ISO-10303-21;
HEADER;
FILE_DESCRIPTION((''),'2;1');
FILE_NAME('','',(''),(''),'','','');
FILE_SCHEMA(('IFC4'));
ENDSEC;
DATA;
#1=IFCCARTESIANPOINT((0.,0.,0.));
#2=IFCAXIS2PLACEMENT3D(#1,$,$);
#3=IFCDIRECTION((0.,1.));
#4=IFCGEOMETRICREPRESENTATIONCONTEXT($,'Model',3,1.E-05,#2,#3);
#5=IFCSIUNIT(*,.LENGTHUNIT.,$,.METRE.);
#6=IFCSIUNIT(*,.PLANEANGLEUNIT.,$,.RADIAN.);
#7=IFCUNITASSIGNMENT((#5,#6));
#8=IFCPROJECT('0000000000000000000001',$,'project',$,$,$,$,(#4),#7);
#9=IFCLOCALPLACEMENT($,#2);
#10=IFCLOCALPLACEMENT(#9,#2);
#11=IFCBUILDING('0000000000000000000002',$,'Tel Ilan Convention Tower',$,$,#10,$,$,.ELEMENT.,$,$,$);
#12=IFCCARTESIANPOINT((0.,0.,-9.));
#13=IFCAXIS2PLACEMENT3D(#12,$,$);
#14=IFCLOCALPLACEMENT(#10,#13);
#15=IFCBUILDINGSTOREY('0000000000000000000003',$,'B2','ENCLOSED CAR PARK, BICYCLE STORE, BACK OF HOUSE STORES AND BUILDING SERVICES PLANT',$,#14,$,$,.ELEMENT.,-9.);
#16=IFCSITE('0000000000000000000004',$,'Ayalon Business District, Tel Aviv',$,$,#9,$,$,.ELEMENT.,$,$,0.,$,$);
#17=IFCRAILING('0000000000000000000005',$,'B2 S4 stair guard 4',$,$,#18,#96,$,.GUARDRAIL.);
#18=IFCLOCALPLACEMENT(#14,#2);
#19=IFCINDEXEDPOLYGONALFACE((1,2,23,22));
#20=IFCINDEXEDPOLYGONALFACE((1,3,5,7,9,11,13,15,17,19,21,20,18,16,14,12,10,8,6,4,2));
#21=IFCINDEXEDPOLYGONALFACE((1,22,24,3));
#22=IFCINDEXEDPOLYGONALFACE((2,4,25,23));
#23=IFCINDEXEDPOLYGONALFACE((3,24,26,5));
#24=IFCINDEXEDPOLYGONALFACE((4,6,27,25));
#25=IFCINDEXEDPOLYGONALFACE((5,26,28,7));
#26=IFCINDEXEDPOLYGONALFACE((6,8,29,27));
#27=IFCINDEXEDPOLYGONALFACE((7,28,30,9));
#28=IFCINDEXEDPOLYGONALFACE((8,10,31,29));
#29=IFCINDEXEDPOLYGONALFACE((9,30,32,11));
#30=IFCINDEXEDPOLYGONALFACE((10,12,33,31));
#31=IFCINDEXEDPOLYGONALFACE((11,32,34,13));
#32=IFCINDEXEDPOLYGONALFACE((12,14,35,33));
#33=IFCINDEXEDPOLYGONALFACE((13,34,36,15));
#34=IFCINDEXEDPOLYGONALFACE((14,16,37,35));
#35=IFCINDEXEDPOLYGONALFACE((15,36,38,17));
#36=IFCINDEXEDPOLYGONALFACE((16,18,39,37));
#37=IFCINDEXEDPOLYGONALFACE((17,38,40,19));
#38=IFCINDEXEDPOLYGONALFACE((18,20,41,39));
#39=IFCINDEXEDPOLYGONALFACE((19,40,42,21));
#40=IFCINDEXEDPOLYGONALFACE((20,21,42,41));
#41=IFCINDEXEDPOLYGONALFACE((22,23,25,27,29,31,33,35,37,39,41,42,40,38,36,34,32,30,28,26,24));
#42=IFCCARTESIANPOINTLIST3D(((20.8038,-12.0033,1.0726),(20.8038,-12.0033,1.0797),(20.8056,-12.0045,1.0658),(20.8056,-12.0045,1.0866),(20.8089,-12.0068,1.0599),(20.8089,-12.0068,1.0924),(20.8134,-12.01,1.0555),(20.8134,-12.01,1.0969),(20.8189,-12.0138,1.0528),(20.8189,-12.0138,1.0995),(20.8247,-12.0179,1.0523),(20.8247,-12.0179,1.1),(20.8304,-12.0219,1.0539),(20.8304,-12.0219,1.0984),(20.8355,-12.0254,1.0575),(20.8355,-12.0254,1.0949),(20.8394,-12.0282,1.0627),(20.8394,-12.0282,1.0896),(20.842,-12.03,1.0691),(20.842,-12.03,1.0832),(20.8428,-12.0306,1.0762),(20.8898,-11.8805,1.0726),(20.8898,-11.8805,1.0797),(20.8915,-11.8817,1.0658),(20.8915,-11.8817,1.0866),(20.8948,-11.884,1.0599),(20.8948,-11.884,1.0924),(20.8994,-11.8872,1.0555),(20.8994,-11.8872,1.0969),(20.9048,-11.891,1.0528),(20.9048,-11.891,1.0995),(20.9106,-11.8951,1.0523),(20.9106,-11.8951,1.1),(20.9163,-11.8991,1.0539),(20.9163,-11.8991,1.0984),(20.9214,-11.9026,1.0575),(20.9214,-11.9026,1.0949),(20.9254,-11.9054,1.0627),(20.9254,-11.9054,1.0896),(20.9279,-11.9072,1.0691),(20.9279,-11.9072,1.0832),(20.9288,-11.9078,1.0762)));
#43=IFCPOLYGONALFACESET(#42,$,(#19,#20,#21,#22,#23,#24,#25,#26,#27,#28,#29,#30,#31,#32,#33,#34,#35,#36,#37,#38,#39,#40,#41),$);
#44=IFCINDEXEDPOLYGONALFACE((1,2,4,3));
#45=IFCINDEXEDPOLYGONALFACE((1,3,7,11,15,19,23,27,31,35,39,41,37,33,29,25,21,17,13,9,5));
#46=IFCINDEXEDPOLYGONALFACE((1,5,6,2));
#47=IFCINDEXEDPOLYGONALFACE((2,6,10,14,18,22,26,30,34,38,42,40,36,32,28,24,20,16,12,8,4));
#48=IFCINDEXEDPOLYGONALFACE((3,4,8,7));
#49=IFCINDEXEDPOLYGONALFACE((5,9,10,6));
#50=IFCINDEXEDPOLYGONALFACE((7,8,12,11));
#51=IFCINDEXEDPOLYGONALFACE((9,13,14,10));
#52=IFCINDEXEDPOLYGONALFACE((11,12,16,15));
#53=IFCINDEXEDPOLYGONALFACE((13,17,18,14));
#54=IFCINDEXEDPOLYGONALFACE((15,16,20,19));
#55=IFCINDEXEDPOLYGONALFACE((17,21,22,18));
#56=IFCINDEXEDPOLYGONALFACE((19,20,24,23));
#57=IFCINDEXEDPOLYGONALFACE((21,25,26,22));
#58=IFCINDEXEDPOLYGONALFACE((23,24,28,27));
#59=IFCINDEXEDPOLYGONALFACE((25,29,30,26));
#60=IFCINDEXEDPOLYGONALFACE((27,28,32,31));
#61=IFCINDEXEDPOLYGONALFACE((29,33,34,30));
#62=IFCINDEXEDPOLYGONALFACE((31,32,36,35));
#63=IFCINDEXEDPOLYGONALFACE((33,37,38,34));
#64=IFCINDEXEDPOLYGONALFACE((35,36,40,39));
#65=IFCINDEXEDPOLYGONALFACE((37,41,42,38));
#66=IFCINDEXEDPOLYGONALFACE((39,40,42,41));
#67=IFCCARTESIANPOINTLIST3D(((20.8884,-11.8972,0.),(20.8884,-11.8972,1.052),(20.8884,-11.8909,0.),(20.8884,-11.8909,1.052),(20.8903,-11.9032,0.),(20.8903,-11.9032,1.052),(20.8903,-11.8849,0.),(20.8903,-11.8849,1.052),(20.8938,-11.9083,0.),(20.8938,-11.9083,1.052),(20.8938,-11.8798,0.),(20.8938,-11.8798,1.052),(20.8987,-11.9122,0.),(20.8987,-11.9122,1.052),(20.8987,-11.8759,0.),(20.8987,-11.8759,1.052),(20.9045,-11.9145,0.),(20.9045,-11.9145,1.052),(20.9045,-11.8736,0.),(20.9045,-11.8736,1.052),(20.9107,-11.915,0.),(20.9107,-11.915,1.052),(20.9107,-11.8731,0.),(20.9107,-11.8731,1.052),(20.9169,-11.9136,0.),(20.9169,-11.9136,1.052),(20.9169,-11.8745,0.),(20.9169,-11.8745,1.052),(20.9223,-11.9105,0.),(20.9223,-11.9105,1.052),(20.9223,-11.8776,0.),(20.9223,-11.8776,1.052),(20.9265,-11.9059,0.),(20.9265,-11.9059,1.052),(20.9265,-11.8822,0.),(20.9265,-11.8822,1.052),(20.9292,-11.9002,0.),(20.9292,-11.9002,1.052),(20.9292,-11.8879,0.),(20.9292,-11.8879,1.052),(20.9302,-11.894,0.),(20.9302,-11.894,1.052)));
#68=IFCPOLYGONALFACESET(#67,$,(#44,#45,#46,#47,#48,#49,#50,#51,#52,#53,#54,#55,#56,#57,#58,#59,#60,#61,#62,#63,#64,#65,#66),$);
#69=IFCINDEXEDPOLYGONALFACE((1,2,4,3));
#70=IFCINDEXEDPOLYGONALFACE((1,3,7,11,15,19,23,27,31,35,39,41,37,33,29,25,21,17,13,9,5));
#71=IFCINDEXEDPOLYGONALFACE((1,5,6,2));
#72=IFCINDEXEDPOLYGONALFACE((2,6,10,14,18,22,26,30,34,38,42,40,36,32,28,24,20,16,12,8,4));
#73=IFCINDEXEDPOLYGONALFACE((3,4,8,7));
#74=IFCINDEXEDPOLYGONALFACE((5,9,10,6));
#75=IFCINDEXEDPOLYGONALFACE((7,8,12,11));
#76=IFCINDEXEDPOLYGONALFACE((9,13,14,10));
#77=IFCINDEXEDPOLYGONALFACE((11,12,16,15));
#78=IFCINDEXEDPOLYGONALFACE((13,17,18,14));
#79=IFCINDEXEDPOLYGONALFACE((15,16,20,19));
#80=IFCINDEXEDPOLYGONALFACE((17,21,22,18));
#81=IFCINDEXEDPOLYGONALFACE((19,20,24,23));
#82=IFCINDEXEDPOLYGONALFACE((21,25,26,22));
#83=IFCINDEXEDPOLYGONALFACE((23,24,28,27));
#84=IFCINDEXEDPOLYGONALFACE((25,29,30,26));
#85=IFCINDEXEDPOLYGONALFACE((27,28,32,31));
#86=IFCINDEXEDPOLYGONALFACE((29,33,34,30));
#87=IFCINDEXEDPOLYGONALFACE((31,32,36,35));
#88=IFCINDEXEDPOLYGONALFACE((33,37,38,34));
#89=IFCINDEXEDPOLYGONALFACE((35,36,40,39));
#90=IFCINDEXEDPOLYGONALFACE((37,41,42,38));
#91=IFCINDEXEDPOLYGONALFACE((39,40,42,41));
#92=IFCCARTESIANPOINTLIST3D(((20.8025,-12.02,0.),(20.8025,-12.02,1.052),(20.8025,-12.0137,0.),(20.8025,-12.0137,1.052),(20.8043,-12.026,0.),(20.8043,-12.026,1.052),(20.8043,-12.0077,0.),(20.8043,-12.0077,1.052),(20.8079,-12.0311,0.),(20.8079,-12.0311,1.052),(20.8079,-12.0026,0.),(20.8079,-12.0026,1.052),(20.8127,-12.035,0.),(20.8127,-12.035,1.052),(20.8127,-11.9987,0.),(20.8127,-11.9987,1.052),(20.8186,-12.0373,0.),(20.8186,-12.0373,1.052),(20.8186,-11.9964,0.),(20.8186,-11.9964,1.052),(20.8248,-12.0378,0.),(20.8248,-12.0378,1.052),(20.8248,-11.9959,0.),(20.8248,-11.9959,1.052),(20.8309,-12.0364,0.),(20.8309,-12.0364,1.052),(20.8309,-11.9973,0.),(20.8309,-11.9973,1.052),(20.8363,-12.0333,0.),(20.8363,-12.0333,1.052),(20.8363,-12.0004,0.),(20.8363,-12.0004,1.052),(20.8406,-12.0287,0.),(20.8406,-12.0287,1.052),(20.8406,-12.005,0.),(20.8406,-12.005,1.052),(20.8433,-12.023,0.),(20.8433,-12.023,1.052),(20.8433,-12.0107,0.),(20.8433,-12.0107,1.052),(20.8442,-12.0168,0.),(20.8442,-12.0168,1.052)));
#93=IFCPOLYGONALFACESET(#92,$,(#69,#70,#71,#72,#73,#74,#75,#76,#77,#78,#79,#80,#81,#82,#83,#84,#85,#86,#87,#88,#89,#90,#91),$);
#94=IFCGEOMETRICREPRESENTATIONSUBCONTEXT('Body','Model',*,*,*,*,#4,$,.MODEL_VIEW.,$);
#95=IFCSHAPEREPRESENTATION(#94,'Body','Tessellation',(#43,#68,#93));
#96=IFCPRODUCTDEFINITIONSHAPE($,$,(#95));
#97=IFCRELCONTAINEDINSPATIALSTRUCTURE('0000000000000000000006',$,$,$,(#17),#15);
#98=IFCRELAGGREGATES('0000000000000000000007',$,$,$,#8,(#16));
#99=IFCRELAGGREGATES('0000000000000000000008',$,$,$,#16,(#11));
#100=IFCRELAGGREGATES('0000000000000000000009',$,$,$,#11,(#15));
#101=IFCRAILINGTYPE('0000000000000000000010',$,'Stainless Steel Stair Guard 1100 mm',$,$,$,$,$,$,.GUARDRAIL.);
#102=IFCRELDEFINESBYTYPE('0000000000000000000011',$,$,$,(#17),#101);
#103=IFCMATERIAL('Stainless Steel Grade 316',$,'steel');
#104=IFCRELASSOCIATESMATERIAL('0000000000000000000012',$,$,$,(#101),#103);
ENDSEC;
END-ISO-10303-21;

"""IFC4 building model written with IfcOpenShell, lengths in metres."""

from ifc_helpers import new_model, si_unit, direction, frame, origin, origin_2d, place, context, subcontext, project, spatial, circle, extrude, material, type_object, element, save


model = new_model("IFC4")

# Units and contexts
model_context = context("Model", 3, precision=1e-05, world=origin(), true_north=direction((0.0, 1.0)))
body_context = subcontext(model_context, "Body", "Model", "MODEL_VIEW")
ifc_project = project(units=[si_unit("LENGTHUNIT", "METRE"), si_unit("PLANEANGLEUNIT", "RADIAN")], contexts=[model_context])

# Site, building, storey
site_placement = place(None, origin())
site = spatial("IfcSite", under=ifc_project, at=site_placement, Name="Ayalon Business District, Tel Aviv", CompositionType="ELEMENT", RefElevation=0.0)
building_placement = place(site_placement, origin())
building = spatial("IfcBuilding", under=site, at=building_placement, Name="Tel Ilan Convention Tower", CompositionType="ELEMENT")
storey_placement = place(building_placement, frame((0.0, 0.0, -9.0)))
storey = spatial("IfcBuildingStorey", under=building, at=storey_placement, Name="B2", Description="ENCLOSED CAR PARK, BICYCLE STORE, BACK OF HOUSE STORES AND BUILDING SERVICES PLANT", CompositionType="ELEMENT", Elevation=-9.0)

# Railing
ifc_material_1 = material(Name="Stainless Steel Grade 316", Category="steel")
railing_type_1 = type_object("IfcRailingType", Name="Stainless Steel Stair Guard 1100 mm", PredefinedType="GUARDRAIL", material=ifc_material_1)
railing_1_placement = place(storey_placement, frame((20.9092, -11.894, 0.0)))
element("IfcRailing", 1, at=railing_1_placement, inside=storey, type_object=railing_type_1, Name="B2 S4 stair guard 4", PredefinedType="GUARDRAIL", context=body_context, shape_type="SweptSolid", body=[
    extrude(circle(Radius=0.0239, at=origin_2d()), frame((0.0, 0.0, 1.0762), z_axis=(-0.573353, -0.819308, 0.0), x_axis=(0.819308, -0.573353, 0.0)), (0.0, 0.0, 1.0), 0.1499),
    extrude(circle(Radius=0.021, at=origin_2d()), origin(), (0.0, 0.0, 1.0), 1.052),
    extrude(circle(Radius=0.021, at=origin_2d()), frame((-0.0859, -0.1228, 0.0)), (0.0, 0.0, 1.0), 1.052),
])

save(model, "model.ifc")
